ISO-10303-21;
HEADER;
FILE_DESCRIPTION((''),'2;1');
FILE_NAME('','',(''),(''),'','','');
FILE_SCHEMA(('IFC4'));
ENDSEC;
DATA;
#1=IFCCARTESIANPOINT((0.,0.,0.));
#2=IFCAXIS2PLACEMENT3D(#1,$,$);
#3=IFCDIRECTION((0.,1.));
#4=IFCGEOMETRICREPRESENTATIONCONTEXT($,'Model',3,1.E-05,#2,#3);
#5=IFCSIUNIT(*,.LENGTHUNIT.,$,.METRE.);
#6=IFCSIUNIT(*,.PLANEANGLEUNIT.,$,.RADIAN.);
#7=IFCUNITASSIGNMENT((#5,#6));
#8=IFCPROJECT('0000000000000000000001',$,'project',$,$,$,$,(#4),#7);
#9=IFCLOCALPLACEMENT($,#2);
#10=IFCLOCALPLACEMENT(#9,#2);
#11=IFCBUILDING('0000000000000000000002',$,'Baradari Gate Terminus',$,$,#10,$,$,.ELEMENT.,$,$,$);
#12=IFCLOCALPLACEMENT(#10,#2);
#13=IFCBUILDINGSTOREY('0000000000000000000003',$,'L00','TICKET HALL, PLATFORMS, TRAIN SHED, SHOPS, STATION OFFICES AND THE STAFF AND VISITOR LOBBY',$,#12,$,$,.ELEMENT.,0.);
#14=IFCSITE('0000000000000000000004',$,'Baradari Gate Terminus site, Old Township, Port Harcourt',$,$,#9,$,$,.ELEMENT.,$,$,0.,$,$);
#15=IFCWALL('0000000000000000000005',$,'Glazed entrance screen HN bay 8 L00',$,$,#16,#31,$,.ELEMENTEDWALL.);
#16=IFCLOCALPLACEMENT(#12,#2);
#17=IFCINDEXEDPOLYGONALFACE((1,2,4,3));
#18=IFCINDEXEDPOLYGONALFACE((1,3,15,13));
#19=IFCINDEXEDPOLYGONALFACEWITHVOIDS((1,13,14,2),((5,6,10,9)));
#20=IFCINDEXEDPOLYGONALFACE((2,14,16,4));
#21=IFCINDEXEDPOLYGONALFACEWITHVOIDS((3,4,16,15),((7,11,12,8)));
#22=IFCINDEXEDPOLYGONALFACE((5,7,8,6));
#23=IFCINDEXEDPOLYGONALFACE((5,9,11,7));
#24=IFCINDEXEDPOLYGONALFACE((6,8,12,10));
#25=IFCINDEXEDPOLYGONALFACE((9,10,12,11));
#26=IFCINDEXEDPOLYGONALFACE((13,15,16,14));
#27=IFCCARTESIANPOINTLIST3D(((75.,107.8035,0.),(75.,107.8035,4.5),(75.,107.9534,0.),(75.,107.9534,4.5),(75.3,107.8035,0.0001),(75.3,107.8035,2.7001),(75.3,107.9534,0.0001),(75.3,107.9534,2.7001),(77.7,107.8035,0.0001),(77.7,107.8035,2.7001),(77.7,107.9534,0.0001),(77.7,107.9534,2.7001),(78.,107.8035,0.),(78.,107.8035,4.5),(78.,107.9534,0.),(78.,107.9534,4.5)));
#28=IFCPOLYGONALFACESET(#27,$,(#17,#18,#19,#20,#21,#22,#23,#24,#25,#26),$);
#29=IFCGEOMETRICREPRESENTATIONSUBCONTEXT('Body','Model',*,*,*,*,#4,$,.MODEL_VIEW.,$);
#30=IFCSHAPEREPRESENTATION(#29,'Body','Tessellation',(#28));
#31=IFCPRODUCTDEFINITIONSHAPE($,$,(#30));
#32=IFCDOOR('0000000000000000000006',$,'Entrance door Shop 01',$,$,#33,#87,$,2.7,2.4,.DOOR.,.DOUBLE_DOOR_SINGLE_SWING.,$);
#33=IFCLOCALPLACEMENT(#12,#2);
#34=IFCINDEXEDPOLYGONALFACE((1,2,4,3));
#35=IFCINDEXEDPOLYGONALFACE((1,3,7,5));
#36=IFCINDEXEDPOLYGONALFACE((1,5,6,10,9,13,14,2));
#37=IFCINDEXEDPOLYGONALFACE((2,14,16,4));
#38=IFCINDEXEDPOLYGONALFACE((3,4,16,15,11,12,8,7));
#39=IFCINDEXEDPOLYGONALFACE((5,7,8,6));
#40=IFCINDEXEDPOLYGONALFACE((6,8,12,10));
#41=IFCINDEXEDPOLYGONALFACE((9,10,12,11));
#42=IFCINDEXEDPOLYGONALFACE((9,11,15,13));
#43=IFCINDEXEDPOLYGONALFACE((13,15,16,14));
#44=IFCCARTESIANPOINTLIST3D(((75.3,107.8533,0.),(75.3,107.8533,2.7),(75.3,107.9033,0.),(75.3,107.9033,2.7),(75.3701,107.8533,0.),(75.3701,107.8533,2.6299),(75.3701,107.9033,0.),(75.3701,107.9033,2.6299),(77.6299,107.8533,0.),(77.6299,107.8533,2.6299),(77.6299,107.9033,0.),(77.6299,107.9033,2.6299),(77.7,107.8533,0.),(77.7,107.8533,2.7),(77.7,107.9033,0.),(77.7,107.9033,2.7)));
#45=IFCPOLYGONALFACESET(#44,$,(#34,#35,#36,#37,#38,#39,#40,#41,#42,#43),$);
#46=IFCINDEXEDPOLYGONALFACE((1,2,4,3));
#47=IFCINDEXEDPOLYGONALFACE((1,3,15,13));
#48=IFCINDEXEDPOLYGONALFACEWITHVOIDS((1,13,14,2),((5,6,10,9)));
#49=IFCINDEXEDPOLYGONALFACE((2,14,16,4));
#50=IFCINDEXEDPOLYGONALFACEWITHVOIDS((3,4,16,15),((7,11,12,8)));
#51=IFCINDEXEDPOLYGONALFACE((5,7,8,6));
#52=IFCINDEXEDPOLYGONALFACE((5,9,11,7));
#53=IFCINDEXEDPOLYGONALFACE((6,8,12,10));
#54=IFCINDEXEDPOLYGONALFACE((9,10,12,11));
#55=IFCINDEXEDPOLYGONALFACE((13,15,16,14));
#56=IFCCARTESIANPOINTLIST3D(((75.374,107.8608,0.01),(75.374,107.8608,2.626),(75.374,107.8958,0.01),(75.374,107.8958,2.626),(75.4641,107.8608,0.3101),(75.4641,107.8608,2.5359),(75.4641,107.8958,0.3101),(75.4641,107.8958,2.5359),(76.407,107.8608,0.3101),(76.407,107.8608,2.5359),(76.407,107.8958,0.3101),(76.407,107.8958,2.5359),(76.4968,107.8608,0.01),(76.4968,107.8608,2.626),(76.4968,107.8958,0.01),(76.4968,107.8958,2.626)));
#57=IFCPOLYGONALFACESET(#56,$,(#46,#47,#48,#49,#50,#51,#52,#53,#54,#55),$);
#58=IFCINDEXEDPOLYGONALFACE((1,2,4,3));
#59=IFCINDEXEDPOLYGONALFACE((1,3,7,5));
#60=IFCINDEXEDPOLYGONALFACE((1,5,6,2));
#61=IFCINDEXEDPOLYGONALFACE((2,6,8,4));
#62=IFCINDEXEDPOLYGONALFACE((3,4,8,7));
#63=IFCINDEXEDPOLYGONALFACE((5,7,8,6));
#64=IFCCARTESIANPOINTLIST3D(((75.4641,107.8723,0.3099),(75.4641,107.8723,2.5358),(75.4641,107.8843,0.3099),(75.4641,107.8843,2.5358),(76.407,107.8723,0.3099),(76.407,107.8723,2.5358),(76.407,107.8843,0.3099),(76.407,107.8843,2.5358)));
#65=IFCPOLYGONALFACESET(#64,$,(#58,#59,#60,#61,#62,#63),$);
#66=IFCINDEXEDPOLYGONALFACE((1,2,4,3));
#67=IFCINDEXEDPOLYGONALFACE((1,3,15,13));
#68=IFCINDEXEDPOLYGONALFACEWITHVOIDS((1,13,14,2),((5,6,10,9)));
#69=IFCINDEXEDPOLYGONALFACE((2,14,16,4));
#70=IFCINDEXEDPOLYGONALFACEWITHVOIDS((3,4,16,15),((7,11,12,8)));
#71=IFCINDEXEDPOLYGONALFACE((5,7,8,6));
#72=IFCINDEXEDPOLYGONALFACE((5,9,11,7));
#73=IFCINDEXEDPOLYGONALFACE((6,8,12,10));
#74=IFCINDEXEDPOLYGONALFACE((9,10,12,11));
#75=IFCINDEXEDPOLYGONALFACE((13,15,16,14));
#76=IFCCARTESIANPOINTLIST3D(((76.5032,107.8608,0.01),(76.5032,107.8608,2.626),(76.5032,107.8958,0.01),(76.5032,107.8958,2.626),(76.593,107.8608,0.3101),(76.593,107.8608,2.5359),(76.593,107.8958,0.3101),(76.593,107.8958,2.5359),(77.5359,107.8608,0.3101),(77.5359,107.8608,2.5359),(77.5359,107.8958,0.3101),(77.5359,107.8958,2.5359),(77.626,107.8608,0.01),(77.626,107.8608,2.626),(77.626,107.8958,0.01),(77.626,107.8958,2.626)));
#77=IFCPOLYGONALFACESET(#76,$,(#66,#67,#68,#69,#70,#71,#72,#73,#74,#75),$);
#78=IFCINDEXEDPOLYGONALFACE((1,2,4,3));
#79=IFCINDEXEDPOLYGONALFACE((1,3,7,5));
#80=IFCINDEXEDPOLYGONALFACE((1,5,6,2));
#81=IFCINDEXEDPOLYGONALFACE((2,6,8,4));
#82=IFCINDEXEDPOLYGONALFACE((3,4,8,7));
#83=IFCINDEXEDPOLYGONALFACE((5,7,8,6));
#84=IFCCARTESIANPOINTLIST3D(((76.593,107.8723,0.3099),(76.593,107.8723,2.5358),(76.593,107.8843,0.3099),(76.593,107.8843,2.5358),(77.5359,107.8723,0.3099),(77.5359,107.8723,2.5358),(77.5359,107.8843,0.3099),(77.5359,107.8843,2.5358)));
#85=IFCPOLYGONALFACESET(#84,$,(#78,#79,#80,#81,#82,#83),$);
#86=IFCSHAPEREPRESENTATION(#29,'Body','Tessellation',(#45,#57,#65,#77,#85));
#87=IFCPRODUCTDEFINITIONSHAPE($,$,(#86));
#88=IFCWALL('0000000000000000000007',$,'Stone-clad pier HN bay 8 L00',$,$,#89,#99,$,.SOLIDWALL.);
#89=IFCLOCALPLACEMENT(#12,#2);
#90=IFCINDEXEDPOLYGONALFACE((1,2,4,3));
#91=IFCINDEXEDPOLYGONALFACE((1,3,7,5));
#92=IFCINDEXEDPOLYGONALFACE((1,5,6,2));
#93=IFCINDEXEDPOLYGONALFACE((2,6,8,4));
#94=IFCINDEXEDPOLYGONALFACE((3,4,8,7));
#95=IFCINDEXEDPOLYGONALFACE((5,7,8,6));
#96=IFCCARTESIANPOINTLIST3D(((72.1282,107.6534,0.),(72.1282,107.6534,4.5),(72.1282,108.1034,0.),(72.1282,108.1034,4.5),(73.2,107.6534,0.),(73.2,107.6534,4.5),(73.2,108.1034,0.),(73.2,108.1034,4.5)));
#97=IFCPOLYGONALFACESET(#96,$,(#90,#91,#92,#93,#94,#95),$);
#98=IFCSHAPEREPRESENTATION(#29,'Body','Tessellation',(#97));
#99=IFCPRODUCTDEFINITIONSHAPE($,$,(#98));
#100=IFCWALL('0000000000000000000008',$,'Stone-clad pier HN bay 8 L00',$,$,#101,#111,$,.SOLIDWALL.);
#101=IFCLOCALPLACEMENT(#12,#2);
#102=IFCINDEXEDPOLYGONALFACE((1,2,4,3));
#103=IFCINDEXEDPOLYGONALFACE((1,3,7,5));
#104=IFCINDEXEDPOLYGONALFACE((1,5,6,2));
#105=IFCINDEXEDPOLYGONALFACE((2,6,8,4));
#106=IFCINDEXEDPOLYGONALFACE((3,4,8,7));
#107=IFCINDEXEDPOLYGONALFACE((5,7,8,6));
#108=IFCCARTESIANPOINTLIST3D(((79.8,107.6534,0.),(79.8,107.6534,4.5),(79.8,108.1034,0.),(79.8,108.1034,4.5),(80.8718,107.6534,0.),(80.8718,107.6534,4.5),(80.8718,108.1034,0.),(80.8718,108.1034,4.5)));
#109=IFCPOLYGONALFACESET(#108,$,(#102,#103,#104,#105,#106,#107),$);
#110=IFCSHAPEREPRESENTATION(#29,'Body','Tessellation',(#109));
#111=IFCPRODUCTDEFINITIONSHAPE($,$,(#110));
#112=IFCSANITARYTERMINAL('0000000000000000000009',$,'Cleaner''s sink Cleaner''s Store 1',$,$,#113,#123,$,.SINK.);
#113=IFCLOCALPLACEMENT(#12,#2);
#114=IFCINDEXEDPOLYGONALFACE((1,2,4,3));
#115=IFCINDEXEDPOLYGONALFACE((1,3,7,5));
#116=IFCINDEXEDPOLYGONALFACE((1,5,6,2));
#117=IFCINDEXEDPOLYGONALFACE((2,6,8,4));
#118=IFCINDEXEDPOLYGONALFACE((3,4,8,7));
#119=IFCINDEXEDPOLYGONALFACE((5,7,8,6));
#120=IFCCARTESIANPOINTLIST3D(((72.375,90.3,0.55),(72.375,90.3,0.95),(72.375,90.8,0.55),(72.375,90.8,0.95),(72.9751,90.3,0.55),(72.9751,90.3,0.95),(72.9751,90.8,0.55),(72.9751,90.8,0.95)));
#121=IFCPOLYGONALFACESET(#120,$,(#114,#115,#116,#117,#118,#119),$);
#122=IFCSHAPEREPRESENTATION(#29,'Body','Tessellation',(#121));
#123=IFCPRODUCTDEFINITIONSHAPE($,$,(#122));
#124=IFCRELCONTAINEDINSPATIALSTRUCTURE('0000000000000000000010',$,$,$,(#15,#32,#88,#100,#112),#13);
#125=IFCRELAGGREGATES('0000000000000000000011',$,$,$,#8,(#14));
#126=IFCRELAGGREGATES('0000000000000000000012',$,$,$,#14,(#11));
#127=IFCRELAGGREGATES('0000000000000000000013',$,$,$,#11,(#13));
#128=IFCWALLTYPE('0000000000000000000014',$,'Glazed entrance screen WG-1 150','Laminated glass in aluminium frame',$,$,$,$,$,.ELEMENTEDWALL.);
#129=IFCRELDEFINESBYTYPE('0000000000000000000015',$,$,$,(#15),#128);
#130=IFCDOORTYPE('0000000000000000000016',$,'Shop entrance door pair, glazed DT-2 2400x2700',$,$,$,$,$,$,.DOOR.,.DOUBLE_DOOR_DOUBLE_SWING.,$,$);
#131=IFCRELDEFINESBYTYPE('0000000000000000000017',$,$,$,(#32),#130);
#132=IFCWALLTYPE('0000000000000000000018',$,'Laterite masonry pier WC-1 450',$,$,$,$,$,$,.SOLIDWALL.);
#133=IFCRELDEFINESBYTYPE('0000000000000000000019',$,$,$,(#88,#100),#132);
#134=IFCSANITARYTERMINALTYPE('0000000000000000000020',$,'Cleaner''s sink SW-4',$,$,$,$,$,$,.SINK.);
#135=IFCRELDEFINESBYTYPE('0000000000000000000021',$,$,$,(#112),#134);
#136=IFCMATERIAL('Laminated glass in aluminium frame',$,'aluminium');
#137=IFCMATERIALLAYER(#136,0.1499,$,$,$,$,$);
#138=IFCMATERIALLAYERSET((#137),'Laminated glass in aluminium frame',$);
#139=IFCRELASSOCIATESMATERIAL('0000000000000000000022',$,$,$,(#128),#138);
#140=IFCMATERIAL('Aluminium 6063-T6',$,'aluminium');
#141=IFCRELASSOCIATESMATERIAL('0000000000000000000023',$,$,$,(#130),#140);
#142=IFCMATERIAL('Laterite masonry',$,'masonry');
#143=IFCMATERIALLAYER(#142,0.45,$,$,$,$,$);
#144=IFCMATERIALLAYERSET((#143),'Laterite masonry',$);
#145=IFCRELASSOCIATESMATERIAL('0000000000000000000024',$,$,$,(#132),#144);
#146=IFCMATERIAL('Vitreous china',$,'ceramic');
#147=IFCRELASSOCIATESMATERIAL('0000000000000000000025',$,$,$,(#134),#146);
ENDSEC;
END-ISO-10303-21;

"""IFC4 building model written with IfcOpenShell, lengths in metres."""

from ifc_helpers import new_model, si_unit, direction, frame, frame_2d, origin, origin_2d, place, context, subcontext, project, spatial, polyline, rectangle, outline, extrude, material, layer, layer_set, type_object, element, fill, save


model = new_model("IFC4")

# Units and contexts
model_context = context("Model", 3, precision=1e-05, world=origin(), true_north=direction((0.0, 1.0)))
body_context = subcontext(model_context, "Body", "Model", "MODEL_VIEW")
ifc_project = project(units=[si_unit("LENGTHUNIT", "METRE"), si_unit("PLANEANGLEUNIT", "RADIAN")], contexts=[model_context])

# Site, building, storey
site_placement = place(None, origin())
site = spatial("IfcSite", under=ifc_project, at=site_placement, Name="Baradari Gate Terminus site, Old Township, Port Harcourt", CompositionType="ELEMENT", RefElevation=0.0)
building_placement = place(site_placement, origin())
building = spatial("IfcBuilding", under=site, at=building_placement, Name="Baradari Gate Terminus", CompositionType="ELEMENT")
storey_placement = place(building_placement, origin())
storey = spatial("IfcBuildingStorey", under=building, at=storey_placement, Name="L00", Description="TICKET HALL, PLATFORMS, TRAIN SHED, SHOPS, STATION OFFICES AND THE STAFF AND VISITOR LOBBY", CompositionType="ELEMENT", Elevation=0.0)

# Wall, opening, door
ifc_material_1 = material(Name="Laminated glass in aluminium frame", Category="aluminium")
ifc_layer_1 = layer(ifc_material_1, 0.1499)
ifc_layer_set_1 = layer_set([ifc_layer_1], Name="Laminated glass in aluminium frame")
wall_type_1 = type_object("IfcWallType", Name="Glazed entrance screen WG-1 150", Description="Laminated glass in aluminium frame", PredefinedType="ELEMENTEDWALL", material=ifc_layer_set_1)
wall_1_placement = place(storey_placement, frame((75.0, 107.8784, 0.0), z_axis=(0.0, 0.0, 1.0), x_axis=(1.0, 0.0, 0.0)))
wall_1 = element("IfcWall", 1, at=wall_1_placement, inside=storey, type_object=wall_type_1, Name="Glazed entrance screen HN bay 8 L00", PredefinedType="ELEMENTEDWALL", context=body_context, shape_type="SweptSolid", body=[
    extrude(rectangle(XDim=3.0, YDim=0.1499, at=frame_2d((1.5, 0.0))), origin(), (0.0, 0.0, 1.0), 4.5),
])
opening_1_placement = place(wall_1_placement, frame((0.3, 0.0, 0.0)))
opening_1 = element("IfcOpeningElement", 2, at=opening_1_placement, cuts=wall_1, PredefinedType="OPENING", context=body_context, shape_type="SweptSolid", body=[
    extrude(rectangle(XDim=2.3999, YDim=2.7, at=frame_2d((1.2, 1.3501))), frame((0.0, 0.085, 0.0), z_axis=(0.0, -1.0, 0.0), x_axis=(1.0, 0.0, 0.0)), (0.0, 0.0, 1.0), 0.1699),
])
ifc_material_2 = material(Name="Aluminium 6063-T6", Category="aluminium")
door_type_1 = type_object("IfcDoorType", Name="Shop entrance door pair, glazed DT-2 2400x2700", OperationType="DOUBLE_DOOR_DOUBLE_SWING", PredefinedType="DOOR", material=ifc_material_2)
door_1_placement = place(opening_1_placement, origin())
door_1 = element("IfcDoor", 3, at=door_1_placement, inside=storey, type_object=door_type_1, Name="Entrance door Shop 01", OperationType="DOUBLE_DOOR_SINGLE_SWING", OverallHeight=2.7, OverallWidth=2.4, PredefinedType="DOOR", context=body_context, shape_type="SweptSolid", body=[
    extrude(outline(polyline([(0.0, 0.0), (0.0701, 0.0), (0.0701, 2.6299), (2.3298, 2.6299), (2.3298, 0.0), (2.3999, 0.0), (2.3999, 2.7), (0.0, 2.7), (0.0, 0.0)])), frame((0.0, 0.0249, 0.0), z_axis=(0.0, -1.0, 0.0), x_axis=(1.0, 0.0, 0.0)), (0.0, 0.0, 1.0), 0.05),
    extrude(outline(polyline([(0.074, 0.01), (1.1968, 0.01), (1.1968, 2.626), (0.074, 2.626), (0.074, 0.01)]), holes=[polyline([(0.1641, 0.3101), (1.1069, 0.3101), (1.1069, 2.5359), (0.1641, 2.5359), (0.1641, 0.3101)])]), frame((0.0, 0.0173, 0.0), z_axis=(0.0, -1.0, 0.0), x_axis=(1.0, 0.0, 0.0)), (0.0, 0.0, 1.0), 0.0349),
    extrude(rectangle(XDim=0.9429, YDim=2.2258, at=frame_2d((0.6355, 1.4229))), frame((0.0, 0.0059, 0.0), z_axis=(0.0, -1.0, 0.0), x_axis=(1.0, 0.0, 0.0)), (0.0, 0.0, 1.0), 0.012),
    extrude(outline(polyline([(1.2031, 0.01), (2.3259, 0.01), (2.3259, 2.626), (1.2031, 2.626), (1.2031, 0.01)]), holes=[polyline([(1.293, 0.3101), (2.2358, 0.3101), (2.2358, 2.5359), (1.293, 2.5359), (1.293, 0.3101)])]), frame((0.0, 0.0173, 0.0), z_axis=(0.0, -1.0, 0.0), x_axis=(1.0, 0.0, 0.0)), (0.0, 0.0, 1.0), 0.0349),
    extrude(rectangle(XDim=0.9429, YDim=2.2258, at=frame_2d((1.7644, 1.4229))), frame((0.0, 0.0059, 0.0), z_axis=(0.0, -1.0, 0.0), x_axis=(1.0, 0.0, 0.0)), (0.0, 0.0, 1.0), 0.012),
])
fill(opening_1, door_1)

# Walls
ifc_material_3 = material(Name="Laterite masonry", Category="masonry")
ifc_layer_2 = layer(ifc_material_3, 0.45)
ifc_layer_set_2 = layer_set([ifc_layer_2], Name="Laterite masonry")
wall_type_2 = type_object("IfcWallType", Name="Laterite masonry pier WC-1 450", PredefinedType="SOLIDWALL", material=ifc_layer_set_2)
for number, where, z_axis, x_axis, name in (
    (4, (72.1282, 107.8784, 0.0), (0.0, 0.0, 1.0), (1.0, 0.0, 0.0), "Stone-clad pier HN bay 8 L00"),
    (5, (79.8, 107.8784, 0.0), (0.0, 0.0, 1.0), (1.0, 0.0, 0.0), "Stone-clad pier HN bay 8 L00"),
):
    element("IfcWall", number, at=place(storey_placement, frame(where, z_axis=z_axis, x_axis=x_axis)), inside=storey, type_object=wall_type_2, Name=name, PredefinedType="SOLIDWALL", context=body_context, shape_type="SweptSolid", body=[
        extrude(rectangle(XDim=1.0718, YDim=0.45, at=frame_2d((0.5359, 0.0))), origin(), (0.0, 0.0, 1.0), 4.5),
    ])

# Sanitary terminal
ifc_material_4 = material(Name="Vitreous china", Category="ceramic")
sanitary_terminal_type = type_object("IfcSanitaryTerminalType", Name="Cleaner's sink SW-4", PredefinedType="SINK", material=ifc_material_4)
sanitary_terminal_placement = place(storey_placement, frame((72.675, 90.55, 0.55), z_axis=(0.0, 0.0, 1.0), x_axis=(1.0, 0.0, 0.0)))
element("IfcSanitaryTerminal", 6, at=sanitary_terminal_placement, inside=storey, type_object=sanitary_terminal_type, Name="Cleaner's sink Cleaner's Store 1", PredefinedType="SINK", context=body_context, shape_type="SweptSolid", body=[
    extrude(rectangle(XDim=0.6001, YDim=0.5, at=origin_2d()), origin(), (0.0, 0.0, 1.0), 0.3999),
])

save(model, "model.ifc")
